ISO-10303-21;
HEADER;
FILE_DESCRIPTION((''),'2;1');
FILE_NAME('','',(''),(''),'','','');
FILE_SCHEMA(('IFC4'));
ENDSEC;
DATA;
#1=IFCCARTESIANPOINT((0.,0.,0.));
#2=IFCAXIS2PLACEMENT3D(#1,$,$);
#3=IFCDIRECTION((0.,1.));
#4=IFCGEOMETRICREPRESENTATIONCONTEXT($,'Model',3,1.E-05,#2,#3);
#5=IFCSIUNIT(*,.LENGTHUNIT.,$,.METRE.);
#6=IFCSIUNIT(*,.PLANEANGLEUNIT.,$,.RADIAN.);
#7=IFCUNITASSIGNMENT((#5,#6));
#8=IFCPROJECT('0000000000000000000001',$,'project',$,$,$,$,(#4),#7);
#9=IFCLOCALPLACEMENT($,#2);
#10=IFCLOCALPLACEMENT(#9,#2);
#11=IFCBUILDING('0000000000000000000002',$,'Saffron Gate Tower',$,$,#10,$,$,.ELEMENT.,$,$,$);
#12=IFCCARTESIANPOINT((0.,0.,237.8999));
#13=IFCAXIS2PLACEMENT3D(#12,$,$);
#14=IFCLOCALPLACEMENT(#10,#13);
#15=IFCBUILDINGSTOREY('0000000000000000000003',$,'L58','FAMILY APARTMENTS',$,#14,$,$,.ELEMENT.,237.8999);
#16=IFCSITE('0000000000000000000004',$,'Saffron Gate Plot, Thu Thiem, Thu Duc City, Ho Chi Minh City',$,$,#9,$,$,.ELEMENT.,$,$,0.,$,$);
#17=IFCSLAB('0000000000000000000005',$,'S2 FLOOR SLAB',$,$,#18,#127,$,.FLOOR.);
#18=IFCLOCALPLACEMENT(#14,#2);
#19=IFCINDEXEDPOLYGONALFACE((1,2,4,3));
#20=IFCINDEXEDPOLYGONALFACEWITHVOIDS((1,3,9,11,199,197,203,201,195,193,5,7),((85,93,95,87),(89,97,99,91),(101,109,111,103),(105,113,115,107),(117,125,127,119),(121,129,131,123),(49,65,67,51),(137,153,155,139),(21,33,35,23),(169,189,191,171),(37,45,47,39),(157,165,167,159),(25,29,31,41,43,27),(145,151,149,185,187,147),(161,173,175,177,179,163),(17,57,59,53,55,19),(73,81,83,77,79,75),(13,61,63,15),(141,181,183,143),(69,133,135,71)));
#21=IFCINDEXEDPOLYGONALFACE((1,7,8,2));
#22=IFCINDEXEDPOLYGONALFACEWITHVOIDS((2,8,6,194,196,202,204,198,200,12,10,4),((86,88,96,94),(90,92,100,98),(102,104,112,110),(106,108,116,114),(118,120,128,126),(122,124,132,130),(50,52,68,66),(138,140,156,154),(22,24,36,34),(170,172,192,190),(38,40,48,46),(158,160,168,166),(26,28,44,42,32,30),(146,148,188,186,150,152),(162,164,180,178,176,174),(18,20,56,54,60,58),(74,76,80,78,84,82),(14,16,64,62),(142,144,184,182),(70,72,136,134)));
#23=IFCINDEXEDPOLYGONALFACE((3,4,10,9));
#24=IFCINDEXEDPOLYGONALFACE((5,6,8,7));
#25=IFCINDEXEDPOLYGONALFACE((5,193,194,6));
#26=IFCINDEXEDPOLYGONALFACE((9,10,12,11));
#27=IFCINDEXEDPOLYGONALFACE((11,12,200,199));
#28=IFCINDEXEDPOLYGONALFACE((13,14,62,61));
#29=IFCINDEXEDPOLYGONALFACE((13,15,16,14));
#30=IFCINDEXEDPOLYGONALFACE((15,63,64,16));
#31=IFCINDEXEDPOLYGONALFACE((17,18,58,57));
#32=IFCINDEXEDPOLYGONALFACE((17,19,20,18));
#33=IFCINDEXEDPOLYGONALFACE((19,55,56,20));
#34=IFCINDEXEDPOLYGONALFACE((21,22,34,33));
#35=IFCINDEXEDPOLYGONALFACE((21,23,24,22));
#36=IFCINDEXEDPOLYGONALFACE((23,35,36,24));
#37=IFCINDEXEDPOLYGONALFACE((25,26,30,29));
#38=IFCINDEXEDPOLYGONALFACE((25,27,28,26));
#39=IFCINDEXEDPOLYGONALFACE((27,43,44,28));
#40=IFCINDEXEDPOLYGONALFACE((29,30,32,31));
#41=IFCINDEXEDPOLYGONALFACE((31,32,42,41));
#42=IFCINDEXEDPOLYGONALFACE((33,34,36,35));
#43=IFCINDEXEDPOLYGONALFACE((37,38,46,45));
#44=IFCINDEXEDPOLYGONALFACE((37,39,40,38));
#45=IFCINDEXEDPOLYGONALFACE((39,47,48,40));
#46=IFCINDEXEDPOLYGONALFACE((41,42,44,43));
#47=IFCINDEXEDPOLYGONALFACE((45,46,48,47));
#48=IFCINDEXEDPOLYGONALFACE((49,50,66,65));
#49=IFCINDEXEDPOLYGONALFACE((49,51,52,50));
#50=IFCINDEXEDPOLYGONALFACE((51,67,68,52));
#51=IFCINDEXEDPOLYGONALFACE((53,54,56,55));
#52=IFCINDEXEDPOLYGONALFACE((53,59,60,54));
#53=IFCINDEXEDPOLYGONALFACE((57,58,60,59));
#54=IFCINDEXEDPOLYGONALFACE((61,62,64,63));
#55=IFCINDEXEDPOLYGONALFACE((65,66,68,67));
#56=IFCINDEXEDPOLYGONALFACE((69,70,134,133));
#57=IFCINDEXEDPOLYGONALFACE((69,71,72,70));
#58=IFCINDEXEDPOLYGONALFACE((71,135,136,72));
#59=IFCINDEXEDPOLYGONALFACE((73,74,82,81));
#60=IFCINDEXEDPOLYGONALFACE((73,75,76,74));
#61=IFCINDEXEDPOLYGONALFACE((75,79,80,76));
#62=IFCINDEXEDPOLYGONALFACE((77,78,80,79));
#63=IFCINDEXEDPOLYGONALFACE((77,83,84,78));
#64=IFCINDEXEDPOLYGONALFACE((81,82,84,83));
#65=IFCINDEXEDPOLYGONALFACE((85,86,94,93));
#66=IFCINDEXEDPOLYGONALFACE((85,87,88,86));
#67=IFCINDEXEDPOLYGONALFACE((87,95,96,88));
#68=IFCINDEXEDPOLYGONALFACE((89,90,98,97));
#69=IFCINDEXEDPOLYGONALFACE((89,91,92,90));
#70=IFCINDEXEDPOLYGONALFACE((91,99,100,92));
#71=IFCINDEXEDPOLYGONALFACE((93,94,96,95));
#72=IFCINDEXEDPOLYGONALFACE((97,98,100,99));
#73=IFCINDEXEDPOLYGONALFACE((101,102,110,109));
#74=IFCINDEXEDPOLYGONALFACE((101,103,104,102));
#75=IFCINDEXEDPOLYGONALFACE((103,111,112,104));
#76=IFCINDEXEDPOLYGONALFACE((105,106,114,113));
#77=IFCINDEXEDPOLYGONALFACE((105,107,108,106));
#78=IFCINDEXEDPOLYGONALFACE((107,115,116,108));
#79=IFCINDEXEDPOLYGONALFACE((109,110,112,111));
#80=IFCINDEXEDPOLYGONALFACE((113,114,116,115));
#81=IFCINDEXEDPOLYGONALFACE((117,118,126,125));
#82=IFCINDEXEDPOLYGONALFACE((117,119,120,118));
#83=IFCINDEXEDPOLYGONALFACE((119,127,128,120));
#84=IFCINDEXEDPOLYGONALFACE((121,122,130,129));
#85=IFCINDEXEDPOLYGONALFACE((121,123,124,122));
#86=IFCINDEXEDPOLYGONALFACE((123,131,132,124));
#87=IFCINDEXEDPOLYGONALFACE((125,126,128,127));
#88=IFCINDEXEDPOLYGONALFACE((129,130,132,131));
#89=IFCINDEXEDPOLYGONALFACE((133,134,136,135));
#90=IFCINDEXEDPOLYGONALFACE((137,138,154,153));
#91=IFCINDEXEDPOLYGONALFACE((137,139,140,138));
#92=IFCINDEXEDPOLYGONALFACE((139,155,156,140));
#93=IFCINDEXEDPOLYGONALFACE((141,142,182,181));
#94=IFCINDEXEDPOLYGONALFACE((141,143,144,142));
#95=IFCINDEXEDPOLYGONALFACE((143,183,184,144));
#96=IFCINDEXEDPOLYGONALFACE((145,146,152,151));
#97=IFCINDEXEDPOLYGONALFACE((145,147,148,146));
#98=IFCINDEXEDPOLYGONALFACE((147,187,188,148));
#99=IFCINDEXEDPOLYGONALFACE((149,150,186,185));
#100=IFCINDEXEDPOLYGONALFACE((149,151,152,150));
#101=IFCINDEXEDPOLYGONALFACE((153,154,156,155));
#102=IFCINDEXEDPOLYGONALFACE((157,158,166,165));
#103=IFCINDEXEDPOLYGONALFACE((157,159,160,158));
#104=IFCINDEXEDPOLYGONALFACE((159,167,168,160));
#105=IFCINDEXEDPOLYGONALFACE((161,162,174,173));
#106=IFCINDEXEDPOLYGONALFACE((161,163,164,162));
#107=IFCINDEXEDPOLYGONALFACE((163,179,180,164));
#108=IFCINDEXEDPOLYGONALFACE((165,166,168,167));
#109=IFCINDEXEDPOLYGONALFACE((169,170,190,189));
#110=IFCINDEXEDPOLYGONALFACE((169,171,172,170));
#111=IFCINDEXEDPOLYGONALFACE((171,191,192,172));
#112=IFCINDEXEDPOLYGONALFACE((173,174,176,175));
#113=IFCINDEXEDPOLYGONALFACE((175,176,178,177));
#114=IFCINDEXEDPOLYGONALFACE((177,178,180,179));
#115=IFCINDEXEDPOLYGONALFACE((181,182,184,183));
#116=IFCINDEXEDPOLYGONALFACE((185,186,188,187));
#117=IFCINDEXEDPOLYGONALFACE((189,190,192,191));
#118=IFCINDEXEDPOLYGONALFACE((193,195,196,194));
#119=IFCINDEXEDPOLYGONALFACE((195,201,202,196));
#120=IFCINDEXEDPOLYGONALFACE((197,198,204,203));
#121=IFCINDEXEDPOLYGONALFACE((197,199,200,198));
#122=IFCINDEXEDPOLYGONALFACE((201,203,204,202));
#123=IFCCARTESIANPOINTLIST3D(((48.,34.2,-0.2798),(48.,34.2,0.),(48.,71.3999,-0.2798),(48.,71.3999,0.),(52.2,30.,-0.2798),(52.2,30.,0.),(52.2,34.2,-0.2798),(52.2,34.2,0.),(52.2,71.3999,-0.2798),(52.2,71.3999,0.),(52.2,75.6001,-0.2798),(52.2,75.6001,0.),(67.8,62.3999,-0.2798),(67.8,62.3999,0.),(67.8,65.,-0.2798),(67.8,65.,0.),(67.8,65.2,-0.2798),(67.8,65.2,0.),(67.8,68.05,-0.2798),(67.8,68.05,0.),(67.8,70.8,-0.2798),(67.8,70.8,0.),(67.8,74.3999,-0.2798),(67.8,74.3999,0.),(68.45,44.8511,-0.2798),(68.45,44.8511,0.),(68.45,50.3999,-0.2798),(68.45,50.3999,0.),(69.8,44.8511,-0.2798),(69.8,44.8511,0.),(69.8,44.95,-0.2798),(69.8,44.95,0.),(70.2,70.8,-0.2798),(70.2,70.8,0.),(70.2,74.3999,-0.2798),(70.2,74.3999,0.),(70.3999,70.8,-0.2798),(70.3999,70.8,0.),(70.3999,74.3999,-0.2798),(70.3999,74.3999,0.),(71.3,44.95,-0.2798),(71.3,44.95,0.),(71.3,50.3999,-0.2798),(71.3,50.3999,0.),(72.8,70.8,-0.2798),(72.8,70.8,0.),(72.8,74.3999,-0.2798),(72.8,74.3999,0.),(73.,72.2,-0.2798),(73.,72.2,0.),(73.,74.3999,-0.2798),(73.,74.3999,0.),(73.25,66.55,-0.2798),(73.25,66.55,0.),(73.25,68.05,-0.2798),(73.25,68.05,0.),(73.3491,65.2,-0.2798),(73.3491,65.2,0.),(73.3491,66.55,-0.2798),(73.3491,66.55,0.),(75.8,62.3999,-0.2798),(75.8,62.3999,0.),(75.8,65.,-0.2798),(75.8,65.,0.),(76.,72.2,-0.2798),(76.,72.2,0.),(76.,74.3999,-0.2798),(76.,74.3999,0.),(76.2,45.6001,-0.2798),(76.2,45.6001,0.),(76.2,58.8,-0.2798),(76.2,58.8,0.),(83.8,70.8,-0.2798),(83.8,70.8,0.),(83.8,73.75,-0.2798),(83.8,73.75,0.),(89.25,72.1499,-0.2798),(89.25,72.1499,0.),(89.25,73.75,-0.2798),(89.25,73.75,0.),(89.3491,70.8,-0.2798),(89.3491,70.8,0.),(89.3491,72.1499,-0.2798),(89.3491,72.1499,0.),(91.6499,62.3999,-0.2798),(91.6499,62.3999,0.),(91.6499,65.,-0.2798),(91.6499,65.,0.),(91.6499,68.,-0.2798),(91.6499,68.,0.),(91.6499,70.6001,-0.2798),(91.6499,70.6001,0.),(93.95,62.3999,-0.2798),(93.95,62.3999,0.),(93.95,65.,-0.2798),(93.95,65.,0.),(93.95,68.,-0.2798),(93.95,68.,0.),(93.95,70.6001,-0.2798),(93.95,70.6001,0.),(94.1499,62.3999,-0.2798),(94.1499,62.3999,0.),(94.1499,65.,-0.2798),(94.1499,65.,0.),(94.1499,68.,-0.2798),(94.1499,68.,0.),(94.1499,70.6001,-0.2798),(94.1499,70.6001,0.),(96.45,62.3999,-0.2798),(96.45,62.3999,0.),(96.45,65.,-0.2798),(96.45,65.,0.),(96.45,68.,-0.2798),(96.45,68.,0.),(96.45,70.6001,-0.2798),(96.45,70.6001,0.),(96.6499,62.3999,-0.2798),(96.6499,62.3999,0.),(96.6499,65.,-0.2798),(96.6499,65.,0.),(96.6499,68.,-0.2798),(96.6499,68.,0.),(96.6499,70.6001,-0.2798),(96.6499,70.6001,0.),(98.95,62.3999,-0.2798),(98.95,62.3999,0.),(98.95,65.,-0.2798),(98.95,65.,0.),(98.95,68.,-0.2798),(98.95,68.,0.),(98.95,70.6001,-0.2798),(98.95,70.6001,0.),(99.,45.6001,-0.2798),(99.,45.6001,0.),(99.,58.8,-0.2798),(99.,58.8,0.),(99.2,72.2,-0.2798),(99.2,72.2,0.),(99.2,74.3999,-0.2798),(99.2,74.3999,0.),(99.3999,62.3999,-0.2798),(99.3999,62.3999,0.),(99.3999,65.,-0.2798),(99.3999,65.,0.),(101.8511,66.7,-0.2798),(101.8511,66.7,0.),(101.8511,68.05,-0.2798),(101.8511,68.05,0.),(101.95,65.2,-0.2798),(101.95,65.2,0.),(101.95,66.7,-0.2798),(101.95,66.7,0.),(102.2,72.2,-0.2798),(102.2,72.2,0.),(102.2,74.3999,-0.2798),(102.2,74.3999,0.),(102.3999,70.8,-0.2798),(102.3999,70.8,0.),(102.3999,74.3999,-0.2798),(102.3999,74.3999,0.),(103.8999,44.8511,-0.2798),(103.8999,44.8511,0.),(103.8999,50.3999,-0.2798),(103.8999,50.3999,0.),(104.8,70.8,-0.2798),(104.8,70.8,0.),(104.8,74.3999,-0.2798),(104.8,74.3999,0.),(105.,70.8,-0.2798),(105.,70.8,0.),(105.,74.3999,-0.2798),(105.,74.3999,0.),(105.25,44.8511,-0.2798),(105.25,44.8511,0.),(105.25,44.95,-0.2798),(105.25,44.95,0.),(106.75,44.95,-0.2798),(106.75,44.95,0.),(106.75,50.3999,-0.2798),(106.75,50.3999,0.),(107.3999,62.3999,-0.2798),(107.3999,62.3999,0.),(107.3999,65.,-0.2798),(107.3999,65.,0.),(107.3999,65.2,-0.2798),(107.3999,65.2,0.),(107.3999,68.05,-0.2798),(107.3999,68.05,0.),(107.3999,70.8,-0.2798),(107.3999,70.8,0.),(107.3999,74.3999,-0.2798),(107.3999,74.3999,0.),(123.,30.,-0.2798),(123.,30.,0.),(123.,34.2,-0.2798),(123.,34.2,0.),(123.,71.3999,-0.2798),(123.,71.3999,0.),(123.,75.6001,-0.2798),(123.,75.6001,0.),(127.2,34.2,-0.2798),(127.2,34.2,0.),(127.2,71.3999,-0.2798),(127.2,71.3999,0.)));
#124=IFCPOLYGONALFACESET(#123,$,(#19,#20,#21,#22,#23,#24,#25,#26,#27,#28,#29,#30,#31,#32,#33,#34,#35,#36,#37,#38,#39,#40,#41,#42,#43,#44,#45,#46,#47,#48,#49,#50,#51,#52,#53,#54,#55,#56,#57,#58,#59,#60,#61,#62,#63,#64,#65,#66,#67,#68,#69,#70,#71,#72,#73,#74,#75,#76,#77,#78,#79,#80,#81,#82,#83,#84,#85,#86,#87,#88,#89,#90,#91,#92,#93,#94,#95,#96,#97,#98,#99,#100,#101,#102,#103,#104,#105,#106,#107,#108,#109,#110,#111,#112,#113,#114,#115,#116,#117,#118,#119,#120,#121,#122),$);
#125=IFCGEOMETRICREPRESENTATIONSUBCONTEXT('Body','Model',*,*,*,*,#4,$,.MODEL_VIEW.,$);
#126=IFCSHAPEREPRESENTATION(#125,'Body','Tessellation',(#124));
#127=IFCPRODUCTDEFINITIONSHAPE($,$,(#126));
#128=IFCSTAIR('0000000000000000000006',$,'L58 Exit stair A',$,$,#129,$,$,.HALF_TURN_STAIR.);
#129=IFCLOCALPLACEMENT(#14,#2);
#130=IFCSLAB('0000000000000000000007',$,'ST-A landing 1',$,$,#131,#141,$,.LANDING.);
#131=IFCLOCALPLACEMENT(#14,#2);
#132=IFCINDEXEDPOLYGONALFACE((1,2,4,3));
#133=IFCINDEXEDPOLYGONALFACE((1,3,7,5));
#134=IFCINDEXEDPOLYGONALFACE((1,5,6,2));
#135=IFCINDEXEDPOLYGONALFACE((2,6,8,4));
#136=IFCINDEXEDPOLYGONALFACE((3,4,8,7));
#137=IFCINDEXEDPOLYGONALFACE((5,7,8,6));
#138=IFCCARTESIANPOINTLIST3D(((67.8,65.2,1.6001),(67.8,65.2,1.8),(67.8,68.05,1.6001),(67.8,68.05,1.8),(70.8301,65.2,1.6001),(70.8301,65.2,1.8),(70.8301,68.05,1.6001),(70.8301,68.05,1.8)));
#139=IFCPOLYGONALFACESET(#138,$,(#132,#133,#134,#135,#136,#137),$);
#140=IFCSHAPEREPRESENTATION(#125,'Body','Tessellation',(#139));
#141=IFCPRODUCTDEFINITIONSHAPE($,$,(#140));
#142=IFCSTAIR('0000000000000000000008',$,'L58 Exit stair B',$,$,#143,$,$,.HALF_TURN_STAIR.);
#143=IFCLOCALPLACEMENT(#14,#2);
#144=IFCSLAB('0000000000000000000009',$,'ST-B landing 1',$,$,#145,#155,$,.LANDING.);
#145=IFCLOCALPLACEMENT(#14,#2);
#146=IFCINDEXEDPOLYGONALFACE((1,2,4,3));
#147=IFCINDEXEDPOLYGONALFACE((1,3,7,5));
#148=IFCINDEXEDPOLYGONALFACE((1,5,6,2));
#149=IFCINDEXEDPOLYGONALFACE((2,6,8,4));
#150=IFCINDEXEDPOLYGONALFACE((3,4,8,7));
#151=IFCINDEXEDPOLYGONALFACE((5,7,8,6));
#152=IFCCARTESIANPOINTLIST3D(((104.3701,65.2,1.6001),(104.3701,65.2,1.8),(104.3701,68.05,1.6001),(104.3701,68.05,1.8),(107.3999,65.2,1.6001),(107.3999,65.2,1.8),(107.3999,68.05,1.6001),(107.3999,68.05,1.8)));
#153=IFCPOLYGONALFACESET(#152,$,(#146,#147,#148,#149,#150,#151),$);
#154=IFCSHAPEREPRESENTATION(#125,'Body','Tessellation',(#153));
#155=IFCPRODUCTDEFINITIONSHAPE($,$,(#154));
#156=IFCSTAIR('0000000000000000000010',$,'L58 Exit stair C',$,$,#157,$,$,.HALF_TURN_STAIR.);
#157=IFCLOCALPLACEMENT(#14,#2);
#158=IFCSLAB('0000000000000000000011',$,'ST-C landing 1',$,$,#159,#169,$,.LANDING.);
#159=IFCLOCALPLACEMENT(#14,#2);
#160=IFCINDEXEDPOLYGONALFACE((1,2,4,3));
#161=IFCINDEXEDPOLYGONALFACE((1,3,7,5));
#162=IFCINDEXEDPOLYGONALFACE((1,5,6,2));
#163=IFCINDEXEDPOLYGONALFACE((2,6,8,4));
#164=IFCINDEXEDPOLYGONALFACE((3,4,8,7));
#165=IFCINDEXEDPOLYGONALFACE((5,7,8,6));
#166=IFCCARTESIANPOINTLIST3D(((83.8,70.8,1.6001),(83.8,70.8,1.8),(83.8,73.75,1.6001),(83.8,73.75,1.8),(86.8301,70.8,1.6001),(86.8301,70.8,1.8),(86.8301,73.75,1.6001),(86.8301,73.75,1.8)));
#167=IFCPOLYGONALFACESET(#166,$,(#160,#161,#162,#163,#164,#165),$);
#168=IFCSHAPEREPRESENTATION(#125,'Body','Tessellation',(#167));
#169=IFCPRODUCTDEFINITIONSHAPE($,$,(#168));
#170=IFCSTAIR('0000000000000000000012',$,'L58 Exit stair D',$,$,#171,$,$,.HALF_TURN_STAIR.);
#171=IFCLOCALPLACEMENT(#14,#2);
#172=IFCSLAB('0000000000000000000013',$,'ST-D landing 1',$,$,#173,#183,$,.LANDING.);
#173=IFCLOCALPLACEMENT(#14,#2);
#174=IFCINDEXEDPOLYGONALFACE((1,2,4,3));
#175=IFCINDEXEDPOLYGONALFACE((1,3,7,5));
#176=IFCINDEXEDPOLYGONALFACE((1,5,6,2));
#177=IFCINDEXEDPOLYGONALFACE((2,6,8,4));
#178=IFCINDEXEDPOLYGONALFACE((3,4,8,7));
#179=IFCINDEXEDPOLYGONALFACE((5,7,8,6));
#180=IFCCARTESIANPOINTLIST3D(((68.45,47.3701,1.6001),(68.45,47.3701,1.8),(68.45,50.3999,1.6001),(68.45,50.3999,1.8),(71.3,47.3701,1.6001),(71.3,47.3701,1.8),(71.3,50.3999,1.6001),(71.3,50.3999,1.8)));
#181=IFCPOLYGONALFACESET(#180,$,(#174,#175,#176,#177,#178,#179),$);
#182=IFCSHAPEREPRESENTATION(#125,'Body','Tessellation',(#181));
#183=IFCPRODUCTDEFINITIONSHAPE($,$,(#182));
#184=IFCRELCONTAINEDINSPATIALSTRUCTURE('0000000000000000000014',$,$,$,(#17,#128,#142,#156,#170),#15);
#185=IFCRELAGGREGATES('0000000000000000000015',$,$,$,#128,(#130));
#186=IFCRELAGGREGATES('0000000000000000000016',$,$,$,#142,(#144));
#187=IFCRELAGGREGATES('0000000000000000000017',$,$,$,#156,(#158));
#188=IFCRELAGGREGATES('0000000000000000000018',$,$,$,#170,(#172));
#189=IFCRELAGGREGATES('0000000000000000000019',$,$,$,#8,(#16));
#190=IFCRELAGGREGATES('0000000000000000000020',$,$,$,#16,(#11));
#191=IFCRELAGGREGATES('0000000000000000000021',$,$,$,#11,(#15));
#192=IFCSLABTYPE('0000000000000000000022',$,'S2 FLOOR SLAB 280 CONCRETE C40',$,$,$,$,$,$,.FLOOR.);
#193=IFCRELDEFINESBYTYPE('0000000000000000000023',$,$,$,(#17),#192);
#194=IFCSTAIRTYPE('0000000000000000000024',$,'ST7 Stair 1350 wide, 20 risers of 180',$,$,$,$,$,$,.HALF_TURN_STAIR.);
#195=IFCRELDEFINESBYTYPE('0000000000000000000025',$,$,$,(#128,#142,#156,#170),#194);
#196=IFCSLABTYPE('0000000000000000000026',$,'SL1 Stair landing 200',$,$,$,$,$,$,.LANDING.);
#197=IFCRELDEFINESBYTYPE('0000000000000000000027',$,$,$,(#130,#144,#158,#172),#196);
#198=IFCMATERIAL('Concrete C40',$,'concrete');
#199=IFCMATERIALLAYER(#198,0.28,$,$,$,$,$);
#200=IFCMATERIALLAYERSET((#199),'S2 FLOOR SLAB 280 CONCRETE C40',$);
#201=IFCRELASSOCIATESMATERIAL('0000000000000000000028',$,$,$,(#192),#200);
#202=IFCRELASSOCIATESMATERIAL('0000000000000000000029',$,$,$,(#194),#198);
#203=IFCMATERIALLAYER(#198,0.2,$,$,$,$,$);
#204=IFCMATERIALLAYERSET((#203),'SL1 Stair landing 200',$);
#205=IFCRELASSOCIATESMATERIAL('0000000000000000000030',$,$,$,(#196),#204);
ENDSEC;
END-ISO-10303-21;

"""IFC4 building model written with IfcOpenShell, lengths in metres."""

from ifc_helpers import new_model, si_unit, direction, frame, origin, place, context, subcontext, project, spatial, polyline, outline, extrude, material, layer, layer_set, type_object, element, aggregate, save


model = new_model("IFC4")

# Units and contexts
model_context = context("Model", 3, precision=1e-05, world=origin(), true_north=direction((0.0, 1.0)))
body_context = subcontext(model_context, "Body", "Model", "MODEL_VIEW")
ifc_project = project(units=[si_unit("LENGTHUNIT", "METRE"), si_unit("PLANEANGLEUNIT", "RADIAN")], contexts=[model_context])

# Site, building, storey
site_placement = place(None, origin())
site = spatial("IfcSite", under=ifc_project, at=site_placement, Name="Saffron Gate Plot, Thu Thiem, Thu Duc City, Ho Chi Minh City", CompositionType="ELEMENT", RefElevation=0.0)
building_placement = place(site_placement, origin())
building = spatial("IfcBuilding", under=site, at=building_placement, Name="Saffron Gate Tower", CompositionType="ELEMENT")
storey_placement = place(building_placement, frame((0.0, 0.0, 237.8999)))
storey = spatial("IfcBuildingStorey", under=building, at=storey_placement, Name="L58", Description="FAMILY APARTMENTS", CompositionType="ELEMENT", Elevation=237.8999)

# Slab
ifc_material_1 = material(Name="Concrete C40", Category="concrete")
ifc_layer_1 = layer(ifc_material_1, 0.28)
ifc_layer_set_1 = layer_set([ifc_layer_1], Name="S2 FLOOR SLAB 280 CONCRETE C40")
slab_type_1 = type_object("IfcSlabType", Name="S2 FLOOR SLAB 280 CONCRETE C40", PredefinedType="FLOOR", material=ifc_layer_set_1)
slab_1_placement = place(storey_placement, frame((0.0, 0.0, -0.2798)))
element("IfcSlab", 1, at=slab_1_placement, inside=storey, type_object=slab_type_1, Name="S2 FLOOR SLAB", PredefinedType="FLOOR", context=body_context, shape_type="SweptSolid", body=[
    extrude(outline(polyline([(48.0, 34.2), (52.2, 34.2), (52.2, 30.0), (123.0, 30.0), (123.0, 34.2), (127.2, 34.2), (127.2, 71.3999), (123.0, 71.3999), (123.0, 75.6001), (52.2, 75.6001), (52.2, 71.3999), (48.0, 71.3999), (48.0, 34.2)]), holes=[polyline([(67.8, 62.3999), (67.8, 65.0), (75.8, 65.0), (75.8, 62.3999), (67.8, 62.3999)]), polyline([(67.8, 65.2), (67.8, 68.05), (73.25, 68.05), (73.25, 66.55), (73.3491, 66.55), (73.3491, 65.2), (67.8, 65.2)]), polyline([(67.8, 70.8), (67.8, 74.3999), (70.2, 74.3999), (70.2, 70.8), (67.8, 70.8)]), polyline([(68.45, 44.8511), (68.45, 50.3999), (71.3, 50.3999), (71.3, 44.95), (69.8, 44.95), (69.8, 44.8511), (68.45, 44.8511)]), polyline([(70.3999, 70.8), (70.3999, 74.3999), (72.8, 74.3999), (72.8, 70.8), (70.3999, 70.8)]), polyline([(73.0, 72.2), (73.0, 74.3999), (76.0, 74.3999), (76.0, 72.2), (73.0, 72.2)]), polyline([(76.2, 45.6001), (76.2, 58.8), (99.0, 58.8), (99.0, 45.6001), (76.2, 45.6001)]), polyline([(83.8, 70.8), (83.8, 73.75), (89.25, 73.75), (89.25, 72.1499), (89.3491, 72.1499), (89.3491, 70.8), (83.8, 70.8)]), polyline([(91.6499, 62.3999), (91.6499, 65.0), (93.95, 65.0), (93.95, 62.3999), (91.6499, 62.3999)]), polyline([(91.6499, 68.0), (91.6499, 70.6001), (93.95, 70.6001), (93.95, 68.0), (91.6499, 68.0)]), polyline([(94.1499, 62.3999), (94.1499, 65.0), (96.45, 65.0), (96.45, 62.3999), (94.1499, 62.3999)]), polyline([(94.1499, 68.0), (94.1499, 70.6001), (96.45, 70.6001), (96.45, 68.0), (94.1499, 68.0)]), polyline([(96.6499, 62.3999), (96.6499, 65.0), (98.95, 65.0), (98.95, 62.3999), (96.6499, 62.3999)]), polyline([(96.6499, 68.0), (96.6499, 70.6001), (98.95, 70.6001), (98.95, 68.0), (96.6499, 68.0)]), polyline([(99.2, 72.2), (99.2, 74.3999), (102.2, 74.3999), (102.2, 72.2), (99.2, 72.2)]), polyline([(99.3999, 62.3999), (99.3999, 65.0), (107.3999, 65.0), (107.3999, 62.3999), (99.3999, 62.3999)]), polyline([(101.8511, 66.7), (101.8511, 68.05), (107.3999, 68.05), (107.3999, 65.2), (101.95, 65.2), (101.95, 66.7), (101.8511, 66.7)]), polyline([(102.3999, 70.8), (102.3999, 74.3999), (104.8, 74.3999), (104.8, 70.8), (102.3999, 70.8)]), polyline([(103.8999, 44.8511), (103.8999, 50.3999), (106.75, 50.3999), (106.75, 44.95), (105.25, 44.95), (105.25, 44.8511), (103.8999, 44.8511)]), polyline([(105.0, 70.8), (105.0, 74.3999), (107.3999, 74.3999), (107.3999, 70.8), (105.0, 70.8)])]), origin(), (0.0, 0.0, 1.0), 0.2798),
])

# Stairs, slabs
stair_type = type_object("IfcStairType", Name="ST7 Stair 1350 wide, 20 risers of 180", PredefinedType="HALF_TURN_STAIR", material=ifc_material_1)
stair_1_placement = place(storey_placement, origin())
stair_1 = element("IfcStair", 2, at=stair_1_placement, inside=storey, type_object=stair_type, Name="L58 Exit stair A", PredefinedType="HALF_TURN_STAIR")
ifc_layer_2 = layer(ifc_material_1, 0.2)
ifc_layer_set_2 = layer_set([ifc_layer_2], Name="SL1 Stair landing 200")
slab_type_2 = type_object("IfcSlabType", Name="SL1 Stair landing 200", PredefinedType="LANDING", material=ifc_layer_set_2)
slab_2_placement = place(storey_placement, frame((0.0, 0.0, 1.6001)))
slab_2 = element("IfcSlab", 3, at=slab_2_placement, type_object=slab_type_2, Name="ST-A landing 1", PredefinedType="LANDING", context=body_context, shape_type="SweptSolid", body=[
    extrude(outline(polyline([(70.8301, 68.05), (67.8, 68.05), (67.8, 65.2), (70.8301, 65.2), (70.8301, 68.05)])), origin(), (0.0, 0.0, 1.0), 0.2),
])
aggregate(stair_1, [slab_2])
stair_2_placement = place(storey_placement, origin())
stair_2 = element("IfcStair", 4, at=stair_2_placement, inside=storey, type_object=stair_type, Name="L58 Exit stair B", PredefinedType="HALF_TURN_STAIR")
slab_3_placement = place(storey_placement, frame((0.0, 0.0, 1.6001)))
slab_3 = element("IfcSlab", 5, at=slab_3_placement, type_object=slab_type_2, Name="ST-B landing 1", PredefinedType="LANDING", context=body_context, shape_type="SweptSolid", body=[
    extrude(outline(polyline([(104.3701, 65.2), (107.3999, 65.2), (107.3999, 68.05), (104.3701, 68.05), (104.3701, 65.2)])), origin(), (0.0, 0.0, 1.0), 0.2),
])
aggregate(stair_2, [slab_3])
stair_3_placement = place(storey_placement, origin())
stair_3 = element("IfcStair", 6, at=stair_3_placement, inside=storey, type_object=stair_type, Name="L58 Exit stair C", PredefinedType="HALF_TURN_STAIR")
slab_4_placement = place(storey_placement, frame((0.0, 0.0, 1.6001)))
slab_4 = element("IfcSlab", 7, at=slab_4_placement, type_object=slab_type_2, Name="ST-C landing 1", PredefinedType="LANDING", context=body_context, shape_type="SweptSolid", body=[
    extrude(outline(polyline([(86.8301, 73.75), (83.8, 73.75), (83.8, 70.8), (86.8301, 70.8), (86.8301, 73.75)])), origin(), (0.0, 0.0, 1.0), 0.2),
])
aggregate(stair_3, [slab_4])
stair_4_placement = place(storey_placement, origin())
stair_4 = element("IfcStair", 8, at=stair_4_placement, inside=storey, type_object=stair_type, Name="L58 Exit stair D", PredefinedType="HALF_TURN_STAIR")
slab_5_placement = place(storey_placement, frame((0.0, 0.0, 1.6001)))
slab_5 = element("IfcSlab", 9, at=slab_5_placement, type_object=slab_type_2, Name="ST-D landing 1", PredefinedType="LANDING", context=body_context, shape_type="SweptSolid", body=[
    extrude(outline(polyline([(71.3, 47.3701), (71.3, 50.3999), (68.45, 50.3999), (68.45, 47.3701), (71.3, 47.3701)])), origin(), (0.0, 0.0, 1.0), 0.2),
])
aggregate(stair_4, [slab_5])

save(model, "model.ifc")
